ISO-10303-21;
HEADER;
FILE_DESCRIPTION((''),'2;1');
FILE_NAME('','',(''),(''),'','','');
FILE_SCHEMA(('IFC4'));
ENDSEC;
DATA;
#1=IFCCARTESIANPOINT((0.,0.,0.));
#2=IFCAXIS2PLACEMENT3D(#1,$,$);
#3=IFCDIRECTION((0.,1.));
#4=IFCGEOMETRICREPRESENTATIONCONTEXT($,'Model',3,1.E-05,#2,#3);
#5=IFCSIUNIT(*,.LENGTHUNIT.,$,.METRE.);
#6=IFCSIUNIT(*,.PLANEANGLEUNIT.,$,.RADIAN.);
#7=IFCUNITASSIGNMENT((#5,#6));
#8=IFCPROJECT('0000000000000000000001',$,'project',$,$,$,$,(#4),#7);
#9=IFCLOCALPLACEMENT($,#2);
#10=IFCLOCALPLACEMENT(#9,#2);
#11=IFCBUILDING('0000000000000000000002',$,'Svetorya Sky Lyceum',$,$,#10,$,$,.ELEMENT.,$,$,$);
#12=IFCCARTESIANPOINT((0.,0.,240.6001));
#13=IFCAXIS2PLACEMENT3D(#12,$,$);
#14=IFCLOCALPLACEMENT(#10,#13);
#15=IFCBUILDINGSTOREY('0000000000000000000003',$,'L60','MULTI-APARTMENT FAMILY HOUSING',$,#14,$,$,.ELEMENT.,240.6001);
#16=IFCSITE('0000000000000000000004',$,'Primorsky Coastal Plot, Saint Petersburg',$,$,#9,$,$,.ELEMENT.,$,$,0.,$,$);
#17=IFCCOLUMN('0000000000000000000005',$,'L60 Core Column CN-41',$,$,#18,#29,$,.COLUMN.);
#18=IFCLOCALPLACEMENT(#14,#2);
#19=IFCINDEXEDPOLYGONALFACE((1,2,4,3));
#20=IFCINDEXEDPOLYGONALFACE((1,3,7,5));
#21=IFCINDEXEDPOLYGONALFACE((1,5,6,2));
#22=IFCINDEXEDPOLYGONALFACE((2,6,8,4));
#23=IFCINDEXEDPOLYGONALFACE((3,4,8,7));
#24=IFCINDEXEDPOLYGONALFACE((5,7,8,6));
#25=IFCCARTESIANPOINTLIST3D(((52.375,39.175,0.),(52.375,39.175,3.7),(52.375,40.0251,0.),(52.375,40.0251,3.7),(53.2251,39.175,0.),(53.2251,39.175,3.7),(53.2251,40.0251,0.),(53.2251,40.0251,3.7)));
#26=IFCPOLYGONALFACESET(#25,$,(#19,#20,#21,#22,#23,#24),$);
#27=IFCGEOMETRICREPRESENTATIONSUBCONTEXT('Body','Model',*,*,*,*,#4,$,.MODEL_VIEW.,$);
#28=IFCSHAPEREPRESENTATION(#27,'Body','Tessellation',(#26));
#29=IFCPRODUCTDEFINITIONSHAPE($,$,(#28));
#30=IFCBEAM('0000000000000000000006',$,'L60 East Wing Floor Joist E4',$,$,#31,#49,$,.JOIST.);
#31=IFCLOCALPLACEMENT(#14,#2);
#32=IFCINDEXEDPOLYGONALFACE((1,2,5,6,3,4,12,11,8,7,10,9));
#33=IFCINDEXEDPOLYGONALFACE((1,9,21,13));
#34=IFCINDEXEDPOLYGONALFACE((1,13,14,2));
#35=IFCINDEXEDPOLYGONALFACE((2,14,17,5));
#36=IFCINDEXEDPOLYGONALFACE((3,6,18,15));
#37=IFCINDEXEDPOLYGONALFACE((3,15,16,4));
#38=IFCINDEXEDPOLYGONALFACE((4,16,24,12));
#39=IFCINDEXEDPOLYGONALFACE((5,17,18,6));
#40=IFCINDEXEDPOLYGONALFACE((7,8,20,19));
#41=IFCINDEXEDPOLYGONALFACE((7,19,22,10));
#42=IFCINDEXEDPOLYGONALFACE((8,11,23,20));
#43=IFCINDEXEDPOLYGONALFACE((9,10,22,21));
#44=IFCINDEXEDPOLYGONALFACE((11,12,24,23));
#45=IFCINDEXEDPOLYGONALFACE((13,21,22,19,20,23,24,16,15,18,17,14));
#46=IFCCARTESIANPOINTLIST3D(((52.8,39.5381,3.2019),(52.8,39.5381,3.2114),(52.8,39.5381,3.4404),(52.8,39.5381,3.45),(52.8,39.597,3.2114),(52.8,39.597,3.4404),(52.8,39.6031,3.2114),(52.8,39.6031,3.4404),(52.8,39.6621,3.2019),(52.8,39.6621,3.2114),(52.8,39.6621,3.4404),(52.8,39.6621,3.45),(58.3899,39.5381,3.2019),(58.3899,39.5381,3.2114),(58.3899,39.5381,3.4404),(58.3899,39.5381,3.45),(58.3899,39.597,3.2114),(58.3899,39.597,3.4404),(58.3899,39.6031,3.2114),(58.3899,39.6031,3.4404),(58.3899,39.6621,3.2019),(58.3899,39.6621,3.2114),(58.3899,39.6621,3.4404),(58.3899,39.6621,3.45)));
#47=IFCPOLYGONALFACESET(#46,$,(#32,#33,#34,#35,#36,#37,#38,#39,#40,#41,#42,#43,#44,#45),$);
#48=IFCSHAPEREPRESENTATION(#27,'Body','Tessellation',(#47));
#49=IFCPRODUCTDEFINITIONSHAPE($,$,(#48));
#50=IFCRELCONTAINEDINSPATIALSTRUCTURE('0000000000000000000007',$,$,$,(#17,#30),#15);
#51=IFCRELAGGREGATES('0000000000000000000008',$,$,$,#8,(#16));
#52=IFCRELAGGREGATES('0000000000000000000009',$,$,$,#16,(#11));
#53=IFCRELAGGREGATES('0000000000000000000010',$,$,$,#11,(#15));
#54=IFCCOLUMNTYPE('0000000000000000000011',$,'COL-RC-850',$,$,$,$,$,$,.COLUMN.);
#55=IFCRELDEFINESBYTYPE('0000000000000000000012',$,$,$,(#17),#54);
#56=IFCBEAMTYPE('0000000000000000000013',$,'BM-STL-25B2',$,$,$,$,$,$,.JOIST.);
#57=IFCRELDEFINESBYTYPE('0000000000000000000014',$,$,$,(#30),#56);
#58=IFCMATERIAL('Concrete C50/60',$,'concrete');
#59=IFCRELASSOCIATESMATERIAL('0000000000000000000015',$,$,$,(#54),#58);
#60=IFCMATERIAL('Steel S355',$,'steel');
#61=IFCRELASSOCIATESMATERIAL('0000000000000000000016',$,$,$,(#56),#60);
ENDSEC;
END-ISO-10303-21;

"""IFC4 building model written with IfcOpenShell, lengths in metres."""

from ifc_helpers import new_model, si_unit, direction, frame, origin, origin_2d, place, context, subcontext, project, spatial, rectangle, i_section, extrude, material, material_profile, profile_set, type_object, element, save


model = new_model("IFC4")

# Units and contexts
model_context = context("Model", 3, precision=1e-05, world=origin(), true_north=direction((0.0, 1.0)))
body_context = subcontext(model_context, "Body", "Model", "MODEL_VIEW")
ifc_project = project(units=[si_unit("LENGTHUNIT", "METRE"), si_unit("PLANEANGLEUNIT", "RADIAN")], contexts=[model_context])

# Site, building, storey
site_placement = place(None, origin())
site = spatial("IfcSite", under=ifc_project, at=site_placement, Name="Primorsky Coastal Plot, Saint Petersburg", CompositionType="ELEMENT", RefElevation=0.0)
building_placement = place(site_placement, origin())
building = spatial("IfcBuilding", under=site, at=building_placement, Name="Svetorya Sky Lyceum", CompositionType="ELEMENT")
storey_placement = place(building_placement, frame((0.0, 0.0, 240.6001)))
storey = spatial("IfcBuildingStorey", under=building, at=storey_placement, Name="L60", Description="MULTI-APARTMENT FAMILY HOUSING", CompositionType="ELEMENT", Elevation=240.6001)

# Column
ifc_material_1 = material(Name="Concrete C50/60", Category="concrete")
ifc_material_profile_1 = material_profile(ifc_material_1, rectangle(XDim=0.8501, YDim=0.8501, at=origin_2d()), Name="RC COL 850x850")
ifc_profile_set_1 = profile_set([ifc_material_profile_1], Name="Concrete C50/60")
column_type = type_object("IfcColumnType", Name="COL-RC-850", PredefinedType="COLUMN", material=ifc_profile_set_1)
column_placement = place(storey_placement, frame((52.8, 39.6001, 0.0), z_axis=(0.0, 0.0, 1.0), x_axis=(1.0, 0.0, 0.0)))
element("IfcColumn", 1, at=column_placement, inside=storey, type_object=column_type, Name="L60 Core Column CN-41", PredefinedType="COLUMN", context=body_context, shape_type="SweptSolid", body=[
    extrude(rectangle(XDim=0.8501, YDim=0.8501, at=origin_2d()), origin(), (0.0, 0.0, 1.0), 3.7),
])

# Beam
ifc_material_2 = material(Name="Steel S355", Category="steel")
ifc_material_profile_2 = material_profile(ifc_material_2, i_section(OverallWidth=0.124, OverallDepth=0.248, WebThickness=0.0061, FlangeThickness=0.0095, at=origin_2d()), Name="GOST 25B2")
ifc_profile_set_2 = profile_set([ifc_material_profile_2], Name="Steel S355")
beam_type = type_object("IfcBeamType", Name="BM-STL-25B2", PredefinedType="JOIST", material=ifc_profile_set_2)
beam_placement = place(storey_placement, frame((52.8, 39.6001, 3.3259), z_axis=(1.0, 0.0, 0.0), x_axis=(0.0, 1.0, 0.0)))
element("IfcBeam", 2, at=beam_placement, inside=storey, type_object=beam_type, Name="L60 East Wing Floor Joist E4", PredefinedType="JOIST", context=body_context, shape_type="SweptSolid", body=[
    extrude(i_section(OverallWidth=0.124, OverallDepth=0.248, WebThickness=0.0061, FlangeThickness=0.0095, at=origin_2d()), origin(), (0.0, 0.0, 1.0), 5.5898),
])

save(model, "model.ifc")
